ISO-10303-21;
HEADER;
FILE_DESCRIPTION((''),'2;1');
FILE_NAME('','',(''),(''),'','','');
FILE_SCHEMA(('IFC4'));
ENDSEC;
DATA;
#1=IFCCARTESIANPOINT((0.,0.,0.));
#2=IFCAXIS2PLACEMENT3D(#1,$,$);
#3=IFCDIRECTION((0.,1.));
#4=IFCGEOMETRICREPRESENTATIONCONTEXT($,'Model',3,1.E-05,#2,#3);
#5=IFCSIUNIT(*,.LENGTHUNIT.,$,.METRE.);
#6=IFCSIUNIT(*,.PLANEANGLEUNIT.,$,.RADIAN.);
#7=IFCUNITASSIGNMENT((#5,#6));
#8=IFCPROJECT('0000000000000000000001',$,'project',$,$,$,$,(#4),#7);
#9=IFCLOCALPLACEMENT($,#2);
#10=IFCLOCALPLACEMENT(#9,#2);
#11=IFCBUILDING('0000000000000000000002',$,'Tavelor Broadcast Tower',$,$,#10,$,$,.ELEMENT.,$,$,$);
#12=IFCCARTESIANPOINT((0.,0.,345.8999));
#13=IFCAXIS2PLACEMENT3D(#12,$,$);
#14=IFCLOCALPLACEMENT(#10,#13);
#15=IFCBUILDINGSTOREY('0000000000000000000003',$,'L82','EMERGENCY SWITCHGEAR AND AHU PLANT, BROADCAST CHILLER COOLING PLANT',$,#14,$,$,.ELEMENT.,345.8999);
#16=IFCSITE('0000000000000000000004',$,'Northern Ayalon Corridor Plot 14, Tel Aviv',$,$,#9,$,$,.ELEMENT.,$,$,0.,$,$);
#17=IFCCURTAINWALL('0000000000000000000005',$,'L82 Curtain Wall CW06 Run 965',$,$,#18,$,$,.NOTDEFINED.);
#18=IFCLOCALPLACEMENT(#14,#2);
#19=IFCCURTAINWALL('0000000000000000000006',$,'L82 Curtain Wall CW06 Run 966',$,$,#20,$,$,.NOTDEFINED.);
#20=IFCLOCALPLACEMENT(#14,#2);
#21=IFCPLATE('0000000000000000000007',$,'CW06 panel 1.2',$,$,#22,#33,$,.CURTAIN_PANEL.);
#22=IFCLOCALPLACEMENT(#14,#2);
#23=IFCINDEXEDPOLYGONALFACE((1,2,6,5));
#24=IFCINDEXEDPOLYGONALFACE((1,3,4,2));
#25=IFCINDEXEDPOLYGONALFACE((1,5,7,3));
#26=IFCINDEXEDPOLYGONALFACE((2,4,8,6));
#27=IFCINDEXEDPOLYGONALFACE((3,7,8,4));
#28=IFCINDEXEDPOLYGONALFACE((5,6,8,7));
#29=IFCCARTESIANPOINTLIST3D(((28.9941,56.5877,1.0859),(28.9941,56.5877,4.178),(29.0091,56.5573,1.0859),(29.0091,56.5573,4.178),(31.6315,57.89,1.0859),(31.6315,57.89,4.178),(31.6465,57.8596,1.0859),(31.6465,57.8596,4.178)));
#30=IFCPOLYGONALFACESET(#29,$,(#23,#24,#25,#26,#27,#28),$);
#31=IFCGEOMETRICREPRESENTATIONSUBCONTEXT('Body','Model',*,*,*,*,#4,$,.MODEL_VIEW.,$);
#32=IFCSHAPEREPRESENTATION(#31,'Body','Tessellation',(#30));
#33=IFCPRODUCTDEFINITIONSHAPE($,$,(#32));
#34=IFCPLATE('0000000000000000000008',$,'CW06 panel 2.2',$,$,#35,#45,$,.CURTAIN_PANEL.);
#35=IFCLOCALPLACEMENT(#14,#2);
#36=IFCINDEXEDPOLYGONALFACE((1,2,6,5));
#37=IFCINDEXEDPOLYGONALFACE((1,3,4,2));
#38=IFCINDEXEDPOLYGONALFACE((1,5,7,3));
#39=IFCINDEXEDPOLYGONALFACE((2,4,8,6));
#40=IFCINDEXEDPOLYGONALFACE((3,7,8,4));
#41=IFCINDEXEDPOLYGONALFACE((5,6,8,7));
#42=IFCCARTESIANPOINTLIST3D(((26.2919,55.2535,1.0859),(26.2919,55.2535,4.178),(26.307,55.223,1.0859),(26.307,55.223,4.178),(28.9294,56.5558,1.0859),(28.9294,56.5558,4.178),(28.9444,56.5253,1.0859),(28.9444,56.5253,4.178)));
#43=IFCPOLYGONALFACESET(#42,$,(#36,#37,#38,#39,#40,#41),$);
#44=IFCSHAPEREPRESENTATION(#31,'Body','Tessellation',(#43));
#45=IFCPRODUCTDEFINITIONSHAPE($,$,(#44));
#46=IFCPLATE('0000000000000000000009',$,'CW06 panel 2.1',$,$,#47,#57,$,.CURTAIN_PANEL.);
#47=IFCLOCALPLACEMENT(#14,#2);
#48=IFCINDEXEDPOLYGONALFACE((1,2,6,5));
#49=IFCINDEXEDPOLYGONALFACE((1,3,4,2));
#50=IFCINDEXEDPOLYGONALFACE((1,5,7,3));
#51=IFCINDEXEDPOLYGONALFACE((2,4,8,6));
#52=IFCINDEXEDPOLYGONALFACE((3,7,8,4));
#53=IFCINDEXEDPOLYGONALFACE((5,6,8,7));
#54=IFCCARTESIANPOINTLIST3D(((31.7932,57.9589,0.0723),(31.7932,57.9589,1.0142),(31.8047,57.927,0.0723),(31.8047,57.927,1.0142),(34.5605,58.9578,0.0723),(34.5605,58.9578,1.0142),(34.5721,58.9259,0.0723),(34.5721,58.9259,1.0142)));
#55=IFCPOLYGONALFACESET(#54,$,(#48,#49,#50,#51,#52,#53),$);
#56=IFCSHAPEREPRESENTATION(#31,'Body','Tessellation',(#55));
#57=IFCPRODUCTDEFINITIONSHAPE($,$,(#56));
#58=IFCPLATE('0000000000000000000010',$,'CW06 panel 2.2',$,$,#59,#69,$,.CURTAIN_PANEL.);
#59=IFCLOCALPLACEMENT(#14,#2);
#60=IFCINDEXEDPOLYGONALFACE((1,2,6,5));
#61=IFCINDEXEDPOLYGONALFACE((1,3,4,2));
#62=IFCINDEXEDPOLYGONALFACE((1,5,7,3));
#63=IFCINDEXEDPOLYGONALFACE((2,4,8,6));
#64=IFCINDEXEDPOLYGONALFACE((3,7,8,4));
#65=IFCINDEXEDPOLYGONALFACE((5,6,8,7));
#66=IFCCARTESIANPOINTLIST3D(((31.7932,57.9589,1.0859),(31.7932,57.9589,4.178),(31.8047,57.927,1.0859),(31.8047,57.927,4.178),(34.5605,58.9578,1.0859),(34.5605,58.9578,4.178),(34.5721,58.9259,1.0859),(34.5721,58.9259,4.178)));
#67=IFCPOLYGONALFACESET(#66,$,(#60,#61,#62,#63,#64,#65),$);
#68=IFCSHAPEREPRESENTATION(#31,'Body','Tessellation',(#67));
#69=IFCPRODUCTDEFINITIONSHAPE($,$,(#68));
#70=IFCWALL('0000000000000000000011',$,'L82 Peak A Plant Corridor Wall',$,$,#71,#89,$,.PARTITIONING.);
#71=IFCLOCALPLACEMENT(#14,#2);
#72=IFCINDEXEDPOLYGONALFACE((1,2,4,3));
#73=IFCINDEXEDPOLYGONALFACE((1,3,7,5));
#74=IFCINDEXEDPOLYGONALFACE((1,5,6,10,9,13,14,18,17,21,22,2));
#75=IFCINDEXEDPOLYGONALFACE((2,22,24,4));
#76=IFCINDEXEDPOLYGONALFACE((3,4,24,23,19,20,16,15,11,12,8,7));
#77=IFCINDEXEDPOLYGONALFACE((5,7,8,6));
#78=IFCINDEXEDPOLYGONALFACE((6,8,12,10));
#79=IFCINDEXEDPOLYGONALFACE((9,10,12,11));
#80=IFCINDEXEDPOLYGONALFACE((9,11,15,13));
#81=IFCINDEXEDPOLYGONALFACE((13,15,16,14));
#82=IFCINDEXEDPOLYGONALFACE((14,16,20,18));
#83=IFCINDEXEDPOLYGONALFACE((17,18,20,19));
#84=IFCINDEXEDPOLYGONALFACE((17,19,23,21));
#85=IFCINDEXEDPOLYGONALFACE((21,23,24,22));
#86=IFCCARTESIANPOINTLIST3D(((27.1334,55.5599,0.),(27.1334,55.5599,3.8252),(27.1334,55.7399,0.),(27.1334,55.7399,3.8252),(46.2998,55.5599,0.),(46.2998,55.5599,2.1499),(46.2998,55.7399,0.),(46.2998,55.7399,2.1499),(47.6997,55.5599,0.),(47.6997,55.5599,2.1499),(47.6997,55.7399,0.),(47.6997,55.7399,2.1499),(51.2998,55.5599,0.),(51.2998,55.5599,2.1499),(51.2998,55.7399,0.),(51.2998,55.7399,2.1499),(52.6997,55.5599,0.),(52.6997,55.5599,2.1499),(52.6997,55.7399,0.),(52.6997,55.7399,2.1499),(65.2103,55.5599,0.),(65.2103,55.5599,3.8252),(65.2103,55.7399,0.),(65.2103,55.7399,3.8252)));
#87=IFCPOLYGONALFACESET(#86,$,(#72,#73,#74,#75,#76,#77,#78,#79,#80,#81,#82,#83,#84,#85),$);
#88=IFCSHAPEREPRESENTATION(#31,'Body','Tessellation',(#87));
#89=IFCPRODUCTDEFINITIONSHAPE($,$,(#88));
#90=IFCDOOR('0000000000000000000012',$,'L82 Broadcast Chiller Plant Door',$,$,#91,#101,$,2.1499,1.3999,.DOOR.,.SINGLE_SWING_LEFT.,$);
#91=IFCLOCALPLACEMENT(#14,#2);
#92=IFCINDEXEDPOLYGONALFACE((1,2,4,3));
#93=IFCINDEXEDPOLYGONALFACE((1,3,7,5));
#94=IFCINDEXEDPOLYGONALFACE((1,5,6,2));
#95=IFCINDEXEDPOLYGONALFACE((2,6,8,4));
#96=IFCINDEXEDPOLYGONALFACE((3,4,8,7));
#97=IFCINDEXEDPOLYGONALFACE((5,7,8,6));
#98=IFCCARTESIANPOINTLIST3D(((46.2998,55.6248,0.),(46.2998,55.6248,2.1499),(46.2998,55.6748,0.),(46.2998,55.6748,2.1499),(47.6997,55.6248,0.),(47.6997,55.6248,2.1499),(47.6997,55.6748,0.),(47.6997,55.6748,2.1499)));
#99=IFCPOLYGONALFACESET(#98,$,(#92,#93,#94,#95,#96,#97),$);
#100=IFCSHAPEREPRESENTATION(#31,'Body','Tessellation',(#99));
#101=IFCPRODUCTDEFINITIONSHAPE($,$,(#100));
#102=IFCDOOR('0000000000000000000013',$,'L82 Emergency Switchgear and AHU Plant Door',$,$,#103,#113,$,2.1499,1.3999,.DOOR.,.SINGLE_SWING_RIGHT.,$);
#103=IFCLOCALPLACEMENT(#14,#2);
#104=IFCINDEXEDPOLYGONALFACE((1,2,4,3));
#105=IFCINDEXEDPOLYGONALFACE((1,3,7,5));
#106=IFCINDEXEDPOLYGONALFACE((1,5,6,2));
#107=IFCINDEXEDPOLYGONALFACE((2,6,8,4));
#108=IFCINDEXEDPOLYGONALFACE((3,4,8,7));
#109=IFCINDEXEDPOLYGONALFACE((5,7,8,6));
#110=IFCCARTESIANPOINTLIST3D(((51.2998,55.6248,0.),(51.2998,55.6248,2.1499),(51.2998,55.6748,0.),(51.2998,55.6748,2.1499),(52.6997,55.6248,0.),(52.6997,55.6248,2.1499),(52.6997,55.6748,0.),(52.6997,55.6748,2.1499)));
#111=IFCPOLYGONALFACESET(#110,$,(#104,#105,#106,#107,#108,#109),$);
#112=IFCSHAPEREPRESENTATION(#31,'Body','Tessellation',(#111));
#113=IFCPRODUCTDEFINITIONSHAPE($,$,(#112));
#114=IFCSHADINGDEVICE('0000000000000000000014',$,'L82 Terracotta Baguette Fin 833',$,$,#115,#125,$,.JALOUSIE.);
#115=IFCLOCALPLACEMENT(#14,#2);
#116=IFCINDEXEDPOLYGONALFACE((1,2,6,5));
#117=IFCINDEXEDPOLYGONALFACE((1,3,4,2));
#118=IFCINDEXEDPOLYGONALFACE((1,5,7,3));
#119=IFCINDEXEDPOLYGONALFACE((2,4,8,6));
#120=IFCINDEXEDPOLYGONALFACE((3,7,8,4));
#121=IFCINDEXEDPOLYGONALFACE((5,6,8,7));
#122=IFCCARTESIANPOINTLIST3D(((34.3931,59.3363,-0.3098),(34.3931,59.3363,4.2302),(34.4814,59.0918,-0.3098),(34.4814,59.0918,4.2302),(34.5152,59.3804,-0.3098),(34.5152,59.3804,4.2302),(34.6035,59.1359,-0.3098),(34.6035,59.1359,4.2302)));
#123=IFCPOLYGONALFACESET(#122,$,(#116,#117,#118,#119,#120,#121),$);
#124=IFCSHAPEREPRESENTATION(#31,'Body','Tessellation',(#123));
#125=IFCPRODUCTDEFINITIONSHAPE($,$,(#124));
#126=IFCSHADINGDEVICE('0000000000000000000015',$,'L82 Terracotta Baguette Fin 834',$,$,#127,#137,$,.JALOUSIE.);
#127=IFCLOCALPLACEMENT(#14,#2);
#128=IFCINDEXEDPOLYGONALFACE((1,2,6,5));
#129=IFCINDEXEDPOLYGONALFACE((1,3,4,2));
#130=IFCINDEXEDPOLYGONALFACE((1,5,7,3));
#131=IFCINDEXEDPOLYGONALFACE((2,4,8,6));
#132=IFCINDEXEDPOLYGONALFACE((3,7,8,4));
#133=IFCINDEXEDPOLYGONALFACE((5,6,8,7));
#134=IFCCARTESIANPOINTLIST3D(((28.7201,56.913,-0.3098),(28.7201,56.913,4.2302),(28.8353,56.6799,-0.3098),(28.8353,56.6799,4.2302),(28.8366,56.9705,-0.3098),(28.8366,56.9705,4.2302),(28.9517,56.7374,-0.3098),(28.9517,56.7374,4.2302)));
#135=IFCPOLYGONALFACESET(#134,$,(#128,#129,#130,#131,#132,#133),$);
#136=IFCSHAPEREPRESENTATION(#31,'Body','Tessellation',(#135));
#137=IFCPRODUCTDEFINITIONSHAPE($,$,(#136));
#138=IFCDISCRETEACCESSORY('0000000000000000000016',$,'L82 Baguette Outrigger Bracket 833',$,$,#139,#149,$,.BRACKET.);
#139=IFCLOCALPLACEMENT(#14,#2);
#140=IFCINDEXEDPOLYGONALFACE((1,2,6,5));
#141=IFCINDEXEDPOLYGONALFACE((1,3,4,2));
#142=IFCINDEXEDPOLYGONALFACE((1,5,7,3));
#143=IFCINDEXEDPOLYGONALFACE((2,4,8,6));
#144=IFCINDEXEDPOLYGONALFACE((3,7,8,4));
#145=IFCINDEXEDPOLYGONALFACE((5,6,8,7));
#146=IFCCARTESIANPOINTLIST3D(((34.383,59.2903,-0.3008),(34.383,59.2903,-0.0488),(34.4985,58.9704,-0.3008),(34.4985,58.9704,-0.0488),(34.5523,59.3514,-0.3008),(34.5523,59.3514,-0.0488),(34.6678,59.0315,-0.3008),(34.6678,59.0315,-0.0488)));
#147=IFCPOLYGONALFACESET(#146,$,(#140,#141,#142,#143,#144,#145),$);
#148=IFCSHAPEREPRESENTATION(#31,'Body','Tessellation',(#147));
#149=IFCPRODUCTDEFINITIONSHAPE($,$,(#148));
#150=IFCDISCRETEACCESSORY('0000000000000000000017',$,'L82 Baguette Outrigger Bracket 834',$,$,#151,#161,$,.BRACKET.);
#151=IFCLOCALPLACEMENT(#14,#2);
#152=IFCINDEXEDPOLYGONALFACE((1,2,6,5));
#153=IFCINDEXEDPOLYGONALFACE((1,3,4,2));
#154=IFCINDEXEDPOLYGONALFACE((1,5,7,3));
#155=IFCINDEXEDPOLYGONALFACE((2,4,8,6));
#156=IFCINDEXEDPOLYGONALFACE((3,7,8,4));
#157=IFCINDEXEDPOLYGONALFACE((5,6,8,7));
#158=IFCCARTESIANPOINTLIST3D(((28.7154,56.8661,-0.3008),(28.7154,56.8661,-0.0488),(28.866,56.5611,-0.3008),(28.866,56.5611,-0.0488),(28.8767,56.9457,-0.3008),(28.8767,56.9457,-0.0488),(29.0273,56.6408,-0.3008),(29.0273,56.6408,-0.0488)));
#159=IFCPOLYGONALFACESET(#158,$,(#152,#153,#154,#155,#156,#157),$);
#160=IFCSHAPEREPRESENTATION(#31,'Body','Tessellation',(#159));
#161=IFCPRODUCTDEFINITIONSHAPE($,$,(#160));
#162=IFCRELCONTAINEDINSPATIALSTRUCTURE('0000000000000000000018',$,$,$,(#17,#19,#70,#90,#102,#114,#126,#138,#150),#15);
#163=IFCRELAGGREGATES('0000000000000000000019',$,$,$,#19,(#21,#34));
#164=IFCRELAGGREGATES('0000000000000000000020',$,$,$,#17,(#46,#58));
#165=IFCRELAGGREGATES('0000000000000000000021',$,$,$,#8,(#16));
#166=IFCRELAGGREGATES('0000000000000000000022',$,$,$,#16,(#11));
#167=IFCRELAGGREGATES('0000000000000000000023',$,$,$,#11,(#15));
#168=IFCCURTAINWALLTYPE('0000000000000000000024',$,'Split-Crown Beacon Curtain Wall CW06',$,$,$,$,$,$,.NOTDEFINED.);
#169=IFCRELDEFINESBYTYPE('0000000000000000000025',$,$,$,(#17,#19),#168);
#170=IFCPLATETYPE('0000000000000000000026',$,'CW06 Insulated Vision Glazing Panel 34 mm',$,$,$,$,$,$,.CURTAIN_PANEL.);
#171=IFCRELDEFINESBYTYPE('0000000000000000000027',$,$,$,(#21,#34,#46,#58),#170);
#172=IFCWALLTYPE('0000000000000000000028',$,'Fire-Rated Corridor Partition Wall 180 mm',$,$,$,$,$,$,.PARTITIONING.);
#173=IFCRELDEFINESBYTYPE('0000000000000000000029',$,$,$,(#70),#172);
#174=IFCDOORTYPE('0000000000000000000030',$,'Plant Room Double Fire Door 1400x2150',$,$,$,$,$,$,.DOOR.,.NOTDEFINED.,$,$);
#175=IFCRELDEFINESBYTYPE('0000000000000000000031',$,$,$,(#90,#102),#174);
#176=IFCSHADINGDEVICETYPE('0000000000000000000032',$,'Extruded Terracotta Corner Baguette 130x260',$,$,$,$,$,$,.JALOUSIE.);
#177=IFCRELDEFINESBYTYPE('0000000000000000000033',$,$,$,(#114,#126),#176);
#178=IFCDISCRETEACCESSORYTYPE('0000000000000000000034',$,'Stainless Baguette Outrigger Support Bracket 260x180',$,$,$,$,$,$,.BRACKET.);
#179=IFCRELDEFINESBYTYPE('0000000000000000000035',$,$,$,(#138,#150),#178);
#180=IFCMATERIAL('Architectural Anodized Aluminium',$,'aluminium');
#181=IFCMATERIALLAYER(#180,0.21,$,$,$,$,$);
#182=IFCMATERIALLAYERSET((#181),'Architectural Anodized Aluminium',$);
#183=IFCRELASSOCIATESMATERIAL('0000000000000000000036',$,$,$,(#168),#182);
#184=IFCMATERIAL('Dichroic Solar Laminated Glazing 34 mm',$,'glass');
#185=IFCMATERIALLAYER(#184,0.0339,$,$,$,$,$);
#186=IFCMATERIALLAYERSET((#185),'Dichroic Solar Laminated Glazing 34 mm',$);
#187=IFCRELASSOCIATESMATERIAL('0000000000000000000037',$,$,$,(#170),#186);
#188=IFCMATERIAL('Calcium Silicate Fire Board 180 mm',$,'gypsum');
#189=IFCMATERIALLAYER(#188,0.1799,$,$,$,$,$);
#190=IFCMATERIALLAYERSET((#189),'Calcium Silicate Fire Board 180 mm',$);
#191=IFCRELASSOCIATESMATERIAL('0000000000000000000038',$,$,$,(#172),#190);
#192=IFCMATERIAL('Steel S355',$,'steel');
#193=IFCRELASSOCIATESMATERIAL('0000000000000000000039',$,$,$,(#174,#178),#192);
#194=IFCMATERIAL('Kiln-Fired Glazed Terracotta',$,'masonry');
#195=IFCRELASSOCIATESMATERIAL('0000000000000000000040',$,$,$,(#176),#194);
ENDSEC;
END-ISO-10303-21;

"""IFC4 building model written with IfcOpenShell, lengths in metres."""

from ifc_helpers import new_model, si_unit, direction, frame, frame_2d, origin, origin_2d, place, context, subcontext, project, spatial, rectangle, extrude, source, transform, mapped, material, layer, layer_set, type_object, type_shapes, element, fill, aggregate, save


model = new_model("IFC4")

# Units and contexts
model_context = context("Model", 3, precision=1e-05, world=origin(), true_north=direction((0.0, 1.0)))
body_context = subcontext(model_context, "Body", "Model", "MODEL_VIEW")
ifc_project = project(units=[si_unit("LENGTHUNIT", "METRE"), si_unit("PLANEANGLEUNIT", "RADIAN")], contexts=[model_context])

# Site, building, storey
site_placement = place(None, origin())
site = spatial("IfcSite", under=ifc_project, at=site_placement, Name="Northern Ayalon Corridor Plot 14, Tel Aviv", CompositionType="ELEMENT", RefElevation=0.0)
building_placement = place(site_placement, origin())
building = spatial("IfcBuilding", under=site, at=building_placement, Name="Tavelor Broadcast Tower", CompositionType="ELEMENT")
storey_placement = place(building_placement, frame((0.0, 0.0, 345.8999)))
storey = spatial("IfcBuildingStorey", under=building, at=storey_placement, Name="L82", Description="EMERGENCY SWITCHGEAR AND AHU PLANT, BROADCAST CHILLER COOLING PLANT", CompositionType="ELEMENT", Elevation=345.8999)

# Curtain wall
ifc_material_1 = material(Name="Architectural Anodized Aluminium", Category="aluminium")
ifc_layer_1 = layer(ifc_material_1, 0.21)
ifc_layer_set_1 = layer_set([ifc_layer_1], Name="Architectural Anodized Aluminium")
curtain_wall_type = type_object("IfcCurtainWallType", Name="Split-Crown Beacon Curtain Wall CW06", PredefinedType="NOTDEFINED", material=ifc_layer_set_1)
curtain_wall_1_placement = place(storey_placement, origin())
curtain_wall_1 = element("IfcCurtainWall", 1, at=curtain_wall_1_placement, inside=storey, type_object=curtain_wall_type, Name="L82 Curtain Wall CW06 Run 965", PredefinedType="NOTDEFINED")

# Curtain wall, plates
curtain_wall_2_placement = place(storey_placement, origin())
curtain_wall_2 = element("IfcCurtainWall", 2, at=curtain_wall_2_placement, inside=storey, type_object=curtain_wall_type, Name="L82 Curtain Wall CW06 Run 966", PredefinedType="NOTDEFINED")
ifc_material_2 = material(Name="Dichroic Solar Laminated Glazing 34 mm", Category="glass")
ifc_layer_2 = layer(ifc_material_2, 0.0339)
ifc_layer_set_2 = layer_set([ifc_layer_2], Name="Dichroic Solar Laminated Glazing 34 mm")
plate_type = type_object("IfcPlateType", Name="CW06 Insulated Vision Glazing Panel 34 mm", PredefinedType="CURTAIN_PANEL", material=ifc_layer_set_2)
shared_shape_1 = source(origin(), body_context, "Body", "SweptSolid", [
    extrude(rectangle(XDim=2.9414, YDim=0.0339, at=origin_2d()), origin(), (0.0, 0.0, 1.0), 3.092),
])
plate_1_placement = place(storey_placement, frame((30.3203, 57.2236, 1.0859), z_axis=(0.0, 0.0, 1.0), x_axis=(-0.896649, -0.442742, 0.0)))
plate_1 = element("IfcPlate", 3, at=plate_1_placement, type_object=plate_type, Name="CW06 panel 1.2", PredefinedType="CURTAIN_PANEL", context=body_context, shape_type="MappedRepresentation", body=[
    mapped(shared_shape_1, transform((0.0, 0.0, 0.0), scale=1.0)),
])
plate_2_placement = place(storey_placement, frame((27.6182, 55.8894, 1.0859), z_axis=(0.0, 0.0, 1.0), x_axis=(-0.896649, -0.442742, 0.0)))
plate_2 = element("IfcPlate", 4, at=plate_2_placement, type_object=plate_type, Name="CW06 panel 2.2", PredefinedType="CURTAIN_PANEL", context=body_context, shape_type="MappedRepresentation", body=[
    mapped(shared_shape_1, transform((0.0, 0.0, 0.0), scale=1.0)),
])
aggregate(curtain_wall_2, [plate_1, plate_2])

# Plates
shared_shape_2 = source(origin(), body_context, "Body", "SweptSolid", [
    extrude(rectangle(XDim=2.9421, YDim=0.0339, at=origin_2d()), origin(), (0.0, 0.0, 1.0), 0.9419),
])
plate_3_placement = place(storey_placement, frame((33.1826, 58.4424, 0.0723), z_axis=(0.0, 0.0, 1.0), x_axis=(-0.940597, -0.339526, 0.0)))
plate_3 = element("IfcPlate", 5, at=plate_3_placement, type_object=plate_type, Name="CW06 panel 2.1", PredefinedType="CURTAIN_PANEL", context=body_context, shape_type="MappedRepresentation", body=[
    mapped(shared_shape_2, transform((0.0, 0.0, 0.0), scale=1.0)),
])
shared_shape_3 = source(origin(), body_context, "Body", "SweptSolid", [
    extrude(rectangle(XDim=2.9421, YDim=0.0339, at=origin_2d()), origin(), (0.0, 0.0, 1.0), 3.092),
])
plate_4_placement = place(storey_placement, frame((33.1826, 58.4424, 1.0859), z_axis=(0.0, 0.0, 1.0), x_axis=(-0.940597, -0.339526, 0.0)))
plate_4 = element("IfcPlate", 6, at=plate_4_placement, type_object=plate_type, Name="CW06 panel 2.2", PredefinedType="CURTAIN_PANEL", context=body_context, shape_type="MappedRepresentation", body=[
    mapped(shared_shape_3, transform((0.0, 0.0, 0.0), scale=1.0)),
])
aggregate(curtain_wall_1, [plate_3, plate_4])

# Wall, openings, doors
ifc_material_3 = material(Name="Calcium Silicate Fire Board 180 mm", Category="gypsum")
ifc_layer_3 = layer(ifc_material_3, 0.1799)
ifc_layer_set_3 = layer_set([ifc_layer_3], Name="Calcium Silicate Fire Board 180 mm")
wall_type = type_object("IfcWallType", Name="Fire-Rated Corridor Partition Wall 180 mm", PredefinedType="PARTITIONING", material=ifc_layer_set_3)
wall_placement = place(storey_placement, frame((27.1333, 55.6499, 0.0), z_axis=(0.0, 0.0, 1.0), x_axis=(1.0, 0.0, 0.0)))
wall = element("IfcWall", 7, at=wall_placement, inside=storey, type_object=wall_type, Name="L82 Peak A Plant Corridor Wall", PredefinedType="PARTITIONING", context=body_context, shape_type="SweptSolid", body=[
    extrude(rectangle(XDim=38.0769, YDim=0.1799, at=frame_2d((19.0386, 0.0))), origin(), (0.0, 0.0, 1.0), 3.8252),
])
opening_1_placement = place(wall_placement, frame((19.1665, 0.0, 0.0)))
opening_1 = element("IfcOpeningElement", 8, at=opening_1_placement, cuts=wall, PredefinedType="OPENING", context=body_context, shape_type="SweptSolid", body=[
    extrude(rectangle(XDim=1.3999, YDim=2.1499, at=frame_2d((0.7, 1.075))), frame((0.0, 0.1001, 0.0), z_axis=(0.0, -1.0, 0.0), x_axis=(1.0, 0.0, 0.0)), (0.0, 0.0, 1.0), 0.2),
])
opening_2_placement = place(wall_placement, frame((24.1665, 0.0, 0.0)))
opening_2 = element("IfcOpeningElement", 9, at=opening_2_placement, cuts=wall, PredefinedType="OPENING", context=body_context, shape_type="SweptSolid", body=[
    extrude(rectangle(XDim=1.3999, YDim=2.1499, at=frame_2d((0.7, 1.075))), frame((0.0, 0.1001, 0.0), z_axis=(0.0, -1.0, 0.0), x_axis=(1.0, 0.0, 0.0)), (0.0, 0.0, 1.0), 0.2),
])
ifc_material_4 = material(Name="Steel S355", Category="steel")
door_type = type_object("IfcDoorType", Name="Plant Room Double Fire Door 1400x2150", OperationType="NOTDEFINED", PredefinedType="DOOR", material=ifc_material_4)
door_1_placement = place(opening_1_placement, origin())
door_1 = element("IfcDoor", 10, at=door_1_placement, inside=storey, type_object=door_type, Name="L82 Broadcast Chiller Plant Door", OperationType="SINGLE_SWING_LEFT", OverallHeight=2.1499, OverallWidth=1.3999, PredefinedType="DOOR", context=body_context, shape_type="SweptSolid", body=[
    extrude(rectangle(XDim=1.3999, YDim=2.1499, at=frame_2d((0.7, 1.075))), frame((0.0, 0.0249, 0.0), z_axis=(0.0, -1.0, 0.0), x_axis=(1.0, 0.0, 0.0)), (0.0, 0.0, 1.0), 0.05),
])
fill(opening_1, door_1)
door_2_placement = place(opening_2_placement, origin())
door_2 = element("IfcDoor", 11, at=door_2_placement, inside=storey, type_object=door_type, Name="L82 Emergency Switchgear and AHU Plant Door", OperationType="SINGLE_SWING_RIGHT", OverallHeight=2.1499, OverallWidth=1.3999, PredefinedType="DOOR", context=body_context, shape_type="SweptSolid", body=[
    extrude(rectangle(XDim=1.3999, YDim=2.1499, at=frame_2d((0.7, 1.075))), frame((0.0, 0.0249, 0.0), z_axis=(0.0, -1.0, 0.0), x_axis=(1.0, 0.0, 0.0)), (0.0, 0.0, 1.0), 0.05),
])
fill(opening_2, door_2)

# Shading devices
ifc_material_5 = material(Name="Kiln-Fired Glazed Terracotta", Category="masonry")
shading_device_type = type_object("IfcShadingDeviceType", Name="Extruded Terracotta Corner Baguette 130x260", PredefinedType="JALOUSIE", material=ifc_material_5)
shared_shape_4 = source(origin(), body_context, "Body", "SweptSolid", [
    extrude(rectangle(XDim=0.1299, YDim=0.26, at=origin_2d()), origin(), (0.0, 0.0, 1.0), 4.54),
])
type_shapes(shading_device_type, [shared_shape_4])
for number, where, z_axis, x_axis, name in (
    (12, (34.4983, 59.2361, -0.3098), (0.0, 0.0, 1.0), (-0.940585, -0.339559, 0.0), "L82 Terracotta Baguette Fin 833"),
    (13, (28.8359, 56.8252, -0.3098), (0.0, 0.0, 1.0), (-0.896641, -0.442758, 0.0), "L82 Terracotta Baguette Fin 834"),
):
    element("IfcShadingDevice", number, at=place(storey_placement, frame(where, z_axis=z_axis, x_axis=x_axis)), inside=storey, type_object=shading_device_type, Name=name, PredefinedType="JALOUSIE", context=body_context, shape_type="MappedRepresentation", body=[
        mapped(shared_shape_4, transform((0.0, 0.0, 0.0), scale=1.0)),
    ])

# Discrete accessories
discrete_accessory_type = type_object("IfcDiscreteAccessoryType", Name="Stainless Baguette Outrigger Support Bracket 260x180", PredefinedType="BRACKET", material=ifc_material_4)
shared_shape_5 = source(origin(), body_context, "Body", "SweptSolid", [
    extrude(rectangle(XDim=0.1799, YDim=0.3401, at=origin_2d()), origin(), (0.0, 0.0, 1.0), 0.252),
])
type_shapes(discrete_accessory_type, [shared_shape_5])
for number, where, z_axis, x_axis, name in (
    (14, (34.5254, 59.1609, -0.3008), (0.0, 0.0, 1.0), (-0.940585, -0.339559, 0.0), "L82 Baguette Outrigger Bracket 833"),
    (15, (28.8713, 56.7534, -0.3008), (0.0, 0.0, 1.0), (-0.896641, -0.442758, 0.0), "L82 Baguette Outrigger Bracket 834"),
):
    element("IfcDiscreteAccessory", number, at=place(storey_placement, frame(where, z_axis=z_axis, x_axis=x_axis)), inside=storey, type_object=discrete_accessory_type, Name=name, PredefinedType="BRACKET", context=body_context, shape_type="MappedRepresentation", body=[
        mapped(shared_shape_5, transform((0.0, 0.0, 0.0), scale=1.0)),
    ])

save(model, "model.ifc")
